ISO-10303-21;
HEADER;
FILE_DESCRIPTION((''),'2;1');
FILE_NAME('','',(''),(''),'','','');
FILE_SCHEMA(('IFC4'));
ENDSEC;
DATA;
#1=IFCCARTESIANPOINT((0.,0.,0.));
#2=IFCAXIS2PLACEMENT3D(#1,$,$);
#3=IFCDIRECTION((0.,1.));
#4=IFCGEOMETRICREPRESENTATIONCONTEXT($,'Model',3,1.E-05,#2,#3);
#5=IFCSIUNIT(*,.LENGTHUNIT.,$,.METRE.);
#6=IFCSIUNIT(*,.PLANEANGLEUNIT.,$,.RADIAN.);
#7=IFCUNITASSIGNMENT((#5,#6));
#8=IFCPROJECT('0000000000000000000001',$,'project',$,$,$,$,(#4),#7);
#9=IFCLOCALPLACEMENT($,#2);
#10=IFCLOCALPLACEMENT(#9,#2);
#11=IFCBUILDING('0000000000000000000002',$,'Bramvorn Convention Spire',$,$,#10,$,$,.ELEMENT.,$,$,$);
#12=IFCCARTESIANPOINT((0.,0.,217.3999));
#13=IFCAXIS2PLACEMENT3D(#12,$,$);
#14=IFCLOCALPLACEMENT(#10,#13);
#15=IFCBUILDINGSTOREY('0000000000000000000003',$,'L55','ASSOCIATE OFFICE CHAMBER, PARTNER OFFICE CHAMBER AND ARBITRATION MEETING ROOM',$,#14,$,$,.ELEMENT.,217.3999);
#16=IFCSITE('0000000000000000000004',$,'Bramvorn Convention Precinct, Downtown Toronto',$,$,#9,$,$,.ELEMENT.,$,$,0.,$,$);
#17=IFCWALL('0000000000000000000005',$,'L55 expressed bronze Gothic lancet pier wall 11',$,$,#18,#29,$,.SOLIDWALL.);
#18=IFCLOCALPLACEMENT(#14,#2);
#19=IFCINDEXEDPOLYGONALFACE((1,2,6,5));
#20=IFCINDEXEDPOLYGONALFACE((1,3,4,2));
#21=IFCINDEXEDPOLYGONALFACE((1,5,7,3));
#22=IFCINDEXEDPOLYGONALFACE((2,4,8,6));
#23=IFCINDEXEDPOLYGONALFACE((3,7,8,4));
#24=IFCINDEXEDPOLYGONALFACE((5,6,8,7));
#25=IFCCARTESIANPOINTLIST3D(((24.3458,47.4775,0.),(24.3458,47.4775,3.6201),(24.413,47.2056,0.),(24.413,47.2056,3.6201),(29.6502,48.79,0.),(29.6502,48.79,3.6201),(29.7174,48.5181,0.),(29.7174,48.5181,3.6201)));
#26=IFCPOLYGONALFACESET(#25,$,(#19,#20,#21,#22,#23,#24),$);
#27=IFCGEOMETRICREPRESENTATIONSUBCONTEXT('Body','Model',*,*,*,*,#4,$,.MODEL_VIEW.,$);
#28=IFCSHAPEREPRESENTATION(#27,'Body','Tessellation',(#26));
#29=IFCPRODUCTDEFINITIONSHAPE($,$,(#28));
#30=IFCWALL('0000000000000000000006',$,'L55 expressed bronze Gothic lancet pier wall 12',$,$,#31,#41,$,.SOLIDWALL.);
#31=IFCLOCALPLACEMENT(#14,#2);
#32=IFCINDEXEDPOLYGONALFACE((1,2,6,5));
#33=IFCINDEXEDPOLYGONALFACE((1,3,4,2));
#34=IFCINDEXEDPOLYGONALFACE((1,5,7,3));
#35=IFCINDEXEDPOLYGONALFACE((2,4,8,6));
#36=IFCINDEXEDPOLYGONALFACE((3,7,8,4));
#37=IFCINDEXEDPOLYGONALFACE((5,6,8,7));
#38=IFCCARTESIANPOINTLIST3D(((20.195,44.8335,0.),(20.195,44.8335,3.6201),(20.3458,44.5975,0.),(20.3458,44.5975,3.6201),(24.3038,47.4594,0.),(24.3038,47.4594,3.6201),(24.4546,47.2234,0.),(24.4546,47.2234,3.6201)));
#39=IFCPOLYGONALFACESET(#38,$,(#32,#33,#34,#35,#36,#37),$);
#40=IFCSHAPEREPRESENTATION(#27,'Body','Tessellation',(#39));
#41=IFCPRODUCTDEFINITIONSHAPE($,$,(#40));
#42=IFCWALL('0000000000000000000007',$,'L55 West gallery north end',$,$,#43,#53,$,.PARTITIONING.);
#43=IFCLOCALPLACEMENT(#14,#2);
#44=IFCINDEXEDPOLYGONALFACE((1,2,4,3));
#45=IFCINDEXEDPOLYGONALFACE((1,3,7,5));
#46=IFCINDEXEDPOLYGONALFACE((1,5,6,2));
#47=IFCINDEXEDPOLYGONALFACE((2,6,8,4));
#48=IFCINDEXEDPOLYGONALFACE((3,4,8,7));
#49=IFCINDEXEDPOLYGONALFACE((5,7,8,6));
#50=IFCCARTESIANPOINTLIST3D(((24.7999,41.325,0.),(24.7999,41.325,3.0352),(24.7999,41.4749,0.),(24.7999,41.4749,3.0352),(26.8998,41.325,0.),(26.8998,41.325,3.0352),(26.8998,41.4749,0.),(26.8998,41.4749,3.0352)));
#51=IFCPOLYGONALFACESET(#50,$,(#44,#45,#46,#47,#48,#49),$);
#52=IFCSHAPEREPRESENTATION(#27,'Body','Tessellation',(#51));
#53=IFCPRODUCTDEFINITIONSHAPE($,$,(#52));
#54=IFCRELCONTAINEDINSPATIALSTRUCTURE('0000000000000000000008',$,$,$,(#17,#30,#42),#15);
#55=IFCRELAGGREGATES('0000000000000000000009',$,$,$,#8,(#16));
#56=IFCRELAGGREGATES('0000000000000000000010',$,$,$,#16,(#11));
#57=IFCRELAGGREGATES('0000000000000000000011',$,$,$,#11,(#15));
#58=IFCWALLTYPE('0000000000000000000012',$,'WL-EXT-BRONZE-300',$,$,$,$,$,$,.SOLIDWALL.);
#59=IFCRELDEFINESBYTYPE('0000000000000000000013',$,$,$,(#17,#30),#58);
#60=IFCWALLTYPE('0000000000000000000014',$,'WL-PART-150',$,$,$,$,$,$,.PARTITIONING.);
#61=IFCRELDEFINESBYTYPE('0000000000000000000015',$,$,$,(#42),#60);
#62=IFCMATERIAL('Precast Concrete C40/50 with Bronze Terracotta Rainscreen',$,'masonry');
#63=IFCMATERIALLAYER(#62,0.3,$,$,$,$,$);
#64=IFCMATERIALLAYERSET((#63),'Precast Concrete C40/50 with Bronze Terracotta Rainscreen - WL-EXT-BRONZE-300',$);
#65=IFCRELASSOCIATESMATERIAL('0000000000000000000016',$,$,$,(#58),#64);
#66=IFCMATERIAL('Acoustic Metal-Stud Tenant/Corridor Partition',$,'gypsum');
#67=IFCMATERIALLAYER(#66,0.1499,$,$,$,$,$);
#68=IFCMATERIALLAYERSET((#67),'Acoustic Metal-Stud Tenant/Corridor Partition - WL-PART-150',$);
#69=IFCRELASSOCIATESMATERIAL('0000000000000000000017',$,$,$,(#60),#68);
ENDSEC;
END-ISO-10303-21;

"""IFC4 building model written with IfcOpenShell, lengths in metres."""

from ifc_helpers import new_model, si_unit, direction, frame, frame_2d, origin, place, context, subcontext, project, spatial, rectangle, extrude, material, layer, layer_set, type_object, element, save


model = new_model("IFC4")

# Units and contexts
model_context = context("Model", 3, precision=1e-05, world=origin(), true_north=direction((0.0, 1.0)))
body_context = subcontext(model_context, "Body", "Model", "MODEL_VIEW")
ifc_project = project(units=[si_unit("LENGTHUNIT", "METRE"), si_unit("PLANEANGLEUNIT", "RADIAN")], contexts=[model_context])

# Site, building, storey
site_placement = place(None, origin())
site = spatial("IfcSite", under=ifc_project, at=site_placement, Name="Bramvorn Convention Precinct, Downtown Toronto", CompositionType="ELEMENT", RefElevation=0.0)
building_placement = place(site_placement, origin())
building = spatial("IfcBuilding", under=site, at=building_placement, Name="Bramvorn Convention Spire", CompositionType="ELEMENT")
storey_placement = place(building_placement, frame((0.0, 0.0, 217.3999)))
storey = spatial("IfcBuildingStorey", under=building, at=storey_placement, Name="L55", Description="ASSOCIATE OFFICE CHAMBER, PARTNER OFFICE CHAMBER AND ARBITRATION MEETING ROOM", CompositionType="ELEMENT", Elevation=217.3999)

# Walls
ifc_material_1 = material(Name="Precast Concrete C40/50 with Bronze Terracotta Rainscreen", Category="masonry")
ifc_layer_1 = layer(ifc_material_1, 0.3)
ifc_layer_set_1 = layer_set([ifc_layer_1], Name="Precast Concrete C40/50 with Bronze Terracotta Rainscreen - WL-EXT-BRONZE-300")
wall_type_1 = type_object("IfcWallType", Name="WL-EXT-BRONZE-300", PredefinedType="SOLIDWALL", material=ifc_layer_set_1)
wall_1_placement = place(storey_placement, frame((24.3794, 47.3416, 0.0), z_axis=(0.0, 0.0, 1.0), x_axis=(0.970726, 0.240191, 0.0)))
element("IfcWall", 1, at=wall_1_placement, inside=storey, type_object=wall_type_1, Name="L55 expressed bronze Gothic lancet pier wall 11", PredefinedType="SOLIDWALL", context=body_context, shape_type="SweptSolid", body=[
    extrude(rectangle(XDim=5.4644, YDim=0.28, at=frame_2d((2.7322, 0.0))), origin(), (0.0, 0.0, 1.0), 3.6201),
])
wall_2_placement = place(storey_placement, frame((20.2705, 44.7156, 0.0), z_axis=(0.0, 0.0, 1.0), x_axis=(0.842617, 0.538514, 0.0)))
element("IfcWall", 2, at=wall_2_placement, inside=storey, type_object=wall_type_1, Name="L55 expressed bronze Gothic lancet pier wall 12", PredefinedType="SOLIDWALL", context=body_context, shape_type="SweptSolid", body=[
    extrude(rectangle(XDim=4.8762, YDim=0.28, at=frame_2d((2.438, 0.0))), origin(), (0.0, 0.0, 1.0), 3.6201),
])
ifc_material_2 = material(Name="Acoustic Metal-Stud Tenant/Corridor Partition", Category="gypsum")
ifc_layer_2 = layer(ifc_material_2, 0.1499)
ifc_layer_set_2 = layer_set([ifc_layer_2], Name="Acoustic Metal-Stud Tenant/Corridor Partition - WL-PART-150")
wall_type_2 = type_object("IfcWallType", Name="WL-PART-150", PredefinedType="PARTITIONING", material=ifc_layer_set_2)
wall_3_placement = place(storey_placement, frame((24.8, 41.3999, 0.0), z_axis=(0.0, 0.0, 1.0), x_axis=(1.0, 0.0, 0.0)))
element("IfcWall", 3, at=wall_3_placement, inside=storey, type_object=wall_type_2, Name="L55 West gallery north end", PredefinedType="PARTITIONING", context=body_context, shape_type="SweptSolid", body=[
    extrude(rectangle(XDim=2.0999, YDim=0.1499, at=frame_2d((1.0498, 0.0))), origin(), (0.0, 0.0, 1.0), 3.0352),
])

save(model, "model.ifc")
